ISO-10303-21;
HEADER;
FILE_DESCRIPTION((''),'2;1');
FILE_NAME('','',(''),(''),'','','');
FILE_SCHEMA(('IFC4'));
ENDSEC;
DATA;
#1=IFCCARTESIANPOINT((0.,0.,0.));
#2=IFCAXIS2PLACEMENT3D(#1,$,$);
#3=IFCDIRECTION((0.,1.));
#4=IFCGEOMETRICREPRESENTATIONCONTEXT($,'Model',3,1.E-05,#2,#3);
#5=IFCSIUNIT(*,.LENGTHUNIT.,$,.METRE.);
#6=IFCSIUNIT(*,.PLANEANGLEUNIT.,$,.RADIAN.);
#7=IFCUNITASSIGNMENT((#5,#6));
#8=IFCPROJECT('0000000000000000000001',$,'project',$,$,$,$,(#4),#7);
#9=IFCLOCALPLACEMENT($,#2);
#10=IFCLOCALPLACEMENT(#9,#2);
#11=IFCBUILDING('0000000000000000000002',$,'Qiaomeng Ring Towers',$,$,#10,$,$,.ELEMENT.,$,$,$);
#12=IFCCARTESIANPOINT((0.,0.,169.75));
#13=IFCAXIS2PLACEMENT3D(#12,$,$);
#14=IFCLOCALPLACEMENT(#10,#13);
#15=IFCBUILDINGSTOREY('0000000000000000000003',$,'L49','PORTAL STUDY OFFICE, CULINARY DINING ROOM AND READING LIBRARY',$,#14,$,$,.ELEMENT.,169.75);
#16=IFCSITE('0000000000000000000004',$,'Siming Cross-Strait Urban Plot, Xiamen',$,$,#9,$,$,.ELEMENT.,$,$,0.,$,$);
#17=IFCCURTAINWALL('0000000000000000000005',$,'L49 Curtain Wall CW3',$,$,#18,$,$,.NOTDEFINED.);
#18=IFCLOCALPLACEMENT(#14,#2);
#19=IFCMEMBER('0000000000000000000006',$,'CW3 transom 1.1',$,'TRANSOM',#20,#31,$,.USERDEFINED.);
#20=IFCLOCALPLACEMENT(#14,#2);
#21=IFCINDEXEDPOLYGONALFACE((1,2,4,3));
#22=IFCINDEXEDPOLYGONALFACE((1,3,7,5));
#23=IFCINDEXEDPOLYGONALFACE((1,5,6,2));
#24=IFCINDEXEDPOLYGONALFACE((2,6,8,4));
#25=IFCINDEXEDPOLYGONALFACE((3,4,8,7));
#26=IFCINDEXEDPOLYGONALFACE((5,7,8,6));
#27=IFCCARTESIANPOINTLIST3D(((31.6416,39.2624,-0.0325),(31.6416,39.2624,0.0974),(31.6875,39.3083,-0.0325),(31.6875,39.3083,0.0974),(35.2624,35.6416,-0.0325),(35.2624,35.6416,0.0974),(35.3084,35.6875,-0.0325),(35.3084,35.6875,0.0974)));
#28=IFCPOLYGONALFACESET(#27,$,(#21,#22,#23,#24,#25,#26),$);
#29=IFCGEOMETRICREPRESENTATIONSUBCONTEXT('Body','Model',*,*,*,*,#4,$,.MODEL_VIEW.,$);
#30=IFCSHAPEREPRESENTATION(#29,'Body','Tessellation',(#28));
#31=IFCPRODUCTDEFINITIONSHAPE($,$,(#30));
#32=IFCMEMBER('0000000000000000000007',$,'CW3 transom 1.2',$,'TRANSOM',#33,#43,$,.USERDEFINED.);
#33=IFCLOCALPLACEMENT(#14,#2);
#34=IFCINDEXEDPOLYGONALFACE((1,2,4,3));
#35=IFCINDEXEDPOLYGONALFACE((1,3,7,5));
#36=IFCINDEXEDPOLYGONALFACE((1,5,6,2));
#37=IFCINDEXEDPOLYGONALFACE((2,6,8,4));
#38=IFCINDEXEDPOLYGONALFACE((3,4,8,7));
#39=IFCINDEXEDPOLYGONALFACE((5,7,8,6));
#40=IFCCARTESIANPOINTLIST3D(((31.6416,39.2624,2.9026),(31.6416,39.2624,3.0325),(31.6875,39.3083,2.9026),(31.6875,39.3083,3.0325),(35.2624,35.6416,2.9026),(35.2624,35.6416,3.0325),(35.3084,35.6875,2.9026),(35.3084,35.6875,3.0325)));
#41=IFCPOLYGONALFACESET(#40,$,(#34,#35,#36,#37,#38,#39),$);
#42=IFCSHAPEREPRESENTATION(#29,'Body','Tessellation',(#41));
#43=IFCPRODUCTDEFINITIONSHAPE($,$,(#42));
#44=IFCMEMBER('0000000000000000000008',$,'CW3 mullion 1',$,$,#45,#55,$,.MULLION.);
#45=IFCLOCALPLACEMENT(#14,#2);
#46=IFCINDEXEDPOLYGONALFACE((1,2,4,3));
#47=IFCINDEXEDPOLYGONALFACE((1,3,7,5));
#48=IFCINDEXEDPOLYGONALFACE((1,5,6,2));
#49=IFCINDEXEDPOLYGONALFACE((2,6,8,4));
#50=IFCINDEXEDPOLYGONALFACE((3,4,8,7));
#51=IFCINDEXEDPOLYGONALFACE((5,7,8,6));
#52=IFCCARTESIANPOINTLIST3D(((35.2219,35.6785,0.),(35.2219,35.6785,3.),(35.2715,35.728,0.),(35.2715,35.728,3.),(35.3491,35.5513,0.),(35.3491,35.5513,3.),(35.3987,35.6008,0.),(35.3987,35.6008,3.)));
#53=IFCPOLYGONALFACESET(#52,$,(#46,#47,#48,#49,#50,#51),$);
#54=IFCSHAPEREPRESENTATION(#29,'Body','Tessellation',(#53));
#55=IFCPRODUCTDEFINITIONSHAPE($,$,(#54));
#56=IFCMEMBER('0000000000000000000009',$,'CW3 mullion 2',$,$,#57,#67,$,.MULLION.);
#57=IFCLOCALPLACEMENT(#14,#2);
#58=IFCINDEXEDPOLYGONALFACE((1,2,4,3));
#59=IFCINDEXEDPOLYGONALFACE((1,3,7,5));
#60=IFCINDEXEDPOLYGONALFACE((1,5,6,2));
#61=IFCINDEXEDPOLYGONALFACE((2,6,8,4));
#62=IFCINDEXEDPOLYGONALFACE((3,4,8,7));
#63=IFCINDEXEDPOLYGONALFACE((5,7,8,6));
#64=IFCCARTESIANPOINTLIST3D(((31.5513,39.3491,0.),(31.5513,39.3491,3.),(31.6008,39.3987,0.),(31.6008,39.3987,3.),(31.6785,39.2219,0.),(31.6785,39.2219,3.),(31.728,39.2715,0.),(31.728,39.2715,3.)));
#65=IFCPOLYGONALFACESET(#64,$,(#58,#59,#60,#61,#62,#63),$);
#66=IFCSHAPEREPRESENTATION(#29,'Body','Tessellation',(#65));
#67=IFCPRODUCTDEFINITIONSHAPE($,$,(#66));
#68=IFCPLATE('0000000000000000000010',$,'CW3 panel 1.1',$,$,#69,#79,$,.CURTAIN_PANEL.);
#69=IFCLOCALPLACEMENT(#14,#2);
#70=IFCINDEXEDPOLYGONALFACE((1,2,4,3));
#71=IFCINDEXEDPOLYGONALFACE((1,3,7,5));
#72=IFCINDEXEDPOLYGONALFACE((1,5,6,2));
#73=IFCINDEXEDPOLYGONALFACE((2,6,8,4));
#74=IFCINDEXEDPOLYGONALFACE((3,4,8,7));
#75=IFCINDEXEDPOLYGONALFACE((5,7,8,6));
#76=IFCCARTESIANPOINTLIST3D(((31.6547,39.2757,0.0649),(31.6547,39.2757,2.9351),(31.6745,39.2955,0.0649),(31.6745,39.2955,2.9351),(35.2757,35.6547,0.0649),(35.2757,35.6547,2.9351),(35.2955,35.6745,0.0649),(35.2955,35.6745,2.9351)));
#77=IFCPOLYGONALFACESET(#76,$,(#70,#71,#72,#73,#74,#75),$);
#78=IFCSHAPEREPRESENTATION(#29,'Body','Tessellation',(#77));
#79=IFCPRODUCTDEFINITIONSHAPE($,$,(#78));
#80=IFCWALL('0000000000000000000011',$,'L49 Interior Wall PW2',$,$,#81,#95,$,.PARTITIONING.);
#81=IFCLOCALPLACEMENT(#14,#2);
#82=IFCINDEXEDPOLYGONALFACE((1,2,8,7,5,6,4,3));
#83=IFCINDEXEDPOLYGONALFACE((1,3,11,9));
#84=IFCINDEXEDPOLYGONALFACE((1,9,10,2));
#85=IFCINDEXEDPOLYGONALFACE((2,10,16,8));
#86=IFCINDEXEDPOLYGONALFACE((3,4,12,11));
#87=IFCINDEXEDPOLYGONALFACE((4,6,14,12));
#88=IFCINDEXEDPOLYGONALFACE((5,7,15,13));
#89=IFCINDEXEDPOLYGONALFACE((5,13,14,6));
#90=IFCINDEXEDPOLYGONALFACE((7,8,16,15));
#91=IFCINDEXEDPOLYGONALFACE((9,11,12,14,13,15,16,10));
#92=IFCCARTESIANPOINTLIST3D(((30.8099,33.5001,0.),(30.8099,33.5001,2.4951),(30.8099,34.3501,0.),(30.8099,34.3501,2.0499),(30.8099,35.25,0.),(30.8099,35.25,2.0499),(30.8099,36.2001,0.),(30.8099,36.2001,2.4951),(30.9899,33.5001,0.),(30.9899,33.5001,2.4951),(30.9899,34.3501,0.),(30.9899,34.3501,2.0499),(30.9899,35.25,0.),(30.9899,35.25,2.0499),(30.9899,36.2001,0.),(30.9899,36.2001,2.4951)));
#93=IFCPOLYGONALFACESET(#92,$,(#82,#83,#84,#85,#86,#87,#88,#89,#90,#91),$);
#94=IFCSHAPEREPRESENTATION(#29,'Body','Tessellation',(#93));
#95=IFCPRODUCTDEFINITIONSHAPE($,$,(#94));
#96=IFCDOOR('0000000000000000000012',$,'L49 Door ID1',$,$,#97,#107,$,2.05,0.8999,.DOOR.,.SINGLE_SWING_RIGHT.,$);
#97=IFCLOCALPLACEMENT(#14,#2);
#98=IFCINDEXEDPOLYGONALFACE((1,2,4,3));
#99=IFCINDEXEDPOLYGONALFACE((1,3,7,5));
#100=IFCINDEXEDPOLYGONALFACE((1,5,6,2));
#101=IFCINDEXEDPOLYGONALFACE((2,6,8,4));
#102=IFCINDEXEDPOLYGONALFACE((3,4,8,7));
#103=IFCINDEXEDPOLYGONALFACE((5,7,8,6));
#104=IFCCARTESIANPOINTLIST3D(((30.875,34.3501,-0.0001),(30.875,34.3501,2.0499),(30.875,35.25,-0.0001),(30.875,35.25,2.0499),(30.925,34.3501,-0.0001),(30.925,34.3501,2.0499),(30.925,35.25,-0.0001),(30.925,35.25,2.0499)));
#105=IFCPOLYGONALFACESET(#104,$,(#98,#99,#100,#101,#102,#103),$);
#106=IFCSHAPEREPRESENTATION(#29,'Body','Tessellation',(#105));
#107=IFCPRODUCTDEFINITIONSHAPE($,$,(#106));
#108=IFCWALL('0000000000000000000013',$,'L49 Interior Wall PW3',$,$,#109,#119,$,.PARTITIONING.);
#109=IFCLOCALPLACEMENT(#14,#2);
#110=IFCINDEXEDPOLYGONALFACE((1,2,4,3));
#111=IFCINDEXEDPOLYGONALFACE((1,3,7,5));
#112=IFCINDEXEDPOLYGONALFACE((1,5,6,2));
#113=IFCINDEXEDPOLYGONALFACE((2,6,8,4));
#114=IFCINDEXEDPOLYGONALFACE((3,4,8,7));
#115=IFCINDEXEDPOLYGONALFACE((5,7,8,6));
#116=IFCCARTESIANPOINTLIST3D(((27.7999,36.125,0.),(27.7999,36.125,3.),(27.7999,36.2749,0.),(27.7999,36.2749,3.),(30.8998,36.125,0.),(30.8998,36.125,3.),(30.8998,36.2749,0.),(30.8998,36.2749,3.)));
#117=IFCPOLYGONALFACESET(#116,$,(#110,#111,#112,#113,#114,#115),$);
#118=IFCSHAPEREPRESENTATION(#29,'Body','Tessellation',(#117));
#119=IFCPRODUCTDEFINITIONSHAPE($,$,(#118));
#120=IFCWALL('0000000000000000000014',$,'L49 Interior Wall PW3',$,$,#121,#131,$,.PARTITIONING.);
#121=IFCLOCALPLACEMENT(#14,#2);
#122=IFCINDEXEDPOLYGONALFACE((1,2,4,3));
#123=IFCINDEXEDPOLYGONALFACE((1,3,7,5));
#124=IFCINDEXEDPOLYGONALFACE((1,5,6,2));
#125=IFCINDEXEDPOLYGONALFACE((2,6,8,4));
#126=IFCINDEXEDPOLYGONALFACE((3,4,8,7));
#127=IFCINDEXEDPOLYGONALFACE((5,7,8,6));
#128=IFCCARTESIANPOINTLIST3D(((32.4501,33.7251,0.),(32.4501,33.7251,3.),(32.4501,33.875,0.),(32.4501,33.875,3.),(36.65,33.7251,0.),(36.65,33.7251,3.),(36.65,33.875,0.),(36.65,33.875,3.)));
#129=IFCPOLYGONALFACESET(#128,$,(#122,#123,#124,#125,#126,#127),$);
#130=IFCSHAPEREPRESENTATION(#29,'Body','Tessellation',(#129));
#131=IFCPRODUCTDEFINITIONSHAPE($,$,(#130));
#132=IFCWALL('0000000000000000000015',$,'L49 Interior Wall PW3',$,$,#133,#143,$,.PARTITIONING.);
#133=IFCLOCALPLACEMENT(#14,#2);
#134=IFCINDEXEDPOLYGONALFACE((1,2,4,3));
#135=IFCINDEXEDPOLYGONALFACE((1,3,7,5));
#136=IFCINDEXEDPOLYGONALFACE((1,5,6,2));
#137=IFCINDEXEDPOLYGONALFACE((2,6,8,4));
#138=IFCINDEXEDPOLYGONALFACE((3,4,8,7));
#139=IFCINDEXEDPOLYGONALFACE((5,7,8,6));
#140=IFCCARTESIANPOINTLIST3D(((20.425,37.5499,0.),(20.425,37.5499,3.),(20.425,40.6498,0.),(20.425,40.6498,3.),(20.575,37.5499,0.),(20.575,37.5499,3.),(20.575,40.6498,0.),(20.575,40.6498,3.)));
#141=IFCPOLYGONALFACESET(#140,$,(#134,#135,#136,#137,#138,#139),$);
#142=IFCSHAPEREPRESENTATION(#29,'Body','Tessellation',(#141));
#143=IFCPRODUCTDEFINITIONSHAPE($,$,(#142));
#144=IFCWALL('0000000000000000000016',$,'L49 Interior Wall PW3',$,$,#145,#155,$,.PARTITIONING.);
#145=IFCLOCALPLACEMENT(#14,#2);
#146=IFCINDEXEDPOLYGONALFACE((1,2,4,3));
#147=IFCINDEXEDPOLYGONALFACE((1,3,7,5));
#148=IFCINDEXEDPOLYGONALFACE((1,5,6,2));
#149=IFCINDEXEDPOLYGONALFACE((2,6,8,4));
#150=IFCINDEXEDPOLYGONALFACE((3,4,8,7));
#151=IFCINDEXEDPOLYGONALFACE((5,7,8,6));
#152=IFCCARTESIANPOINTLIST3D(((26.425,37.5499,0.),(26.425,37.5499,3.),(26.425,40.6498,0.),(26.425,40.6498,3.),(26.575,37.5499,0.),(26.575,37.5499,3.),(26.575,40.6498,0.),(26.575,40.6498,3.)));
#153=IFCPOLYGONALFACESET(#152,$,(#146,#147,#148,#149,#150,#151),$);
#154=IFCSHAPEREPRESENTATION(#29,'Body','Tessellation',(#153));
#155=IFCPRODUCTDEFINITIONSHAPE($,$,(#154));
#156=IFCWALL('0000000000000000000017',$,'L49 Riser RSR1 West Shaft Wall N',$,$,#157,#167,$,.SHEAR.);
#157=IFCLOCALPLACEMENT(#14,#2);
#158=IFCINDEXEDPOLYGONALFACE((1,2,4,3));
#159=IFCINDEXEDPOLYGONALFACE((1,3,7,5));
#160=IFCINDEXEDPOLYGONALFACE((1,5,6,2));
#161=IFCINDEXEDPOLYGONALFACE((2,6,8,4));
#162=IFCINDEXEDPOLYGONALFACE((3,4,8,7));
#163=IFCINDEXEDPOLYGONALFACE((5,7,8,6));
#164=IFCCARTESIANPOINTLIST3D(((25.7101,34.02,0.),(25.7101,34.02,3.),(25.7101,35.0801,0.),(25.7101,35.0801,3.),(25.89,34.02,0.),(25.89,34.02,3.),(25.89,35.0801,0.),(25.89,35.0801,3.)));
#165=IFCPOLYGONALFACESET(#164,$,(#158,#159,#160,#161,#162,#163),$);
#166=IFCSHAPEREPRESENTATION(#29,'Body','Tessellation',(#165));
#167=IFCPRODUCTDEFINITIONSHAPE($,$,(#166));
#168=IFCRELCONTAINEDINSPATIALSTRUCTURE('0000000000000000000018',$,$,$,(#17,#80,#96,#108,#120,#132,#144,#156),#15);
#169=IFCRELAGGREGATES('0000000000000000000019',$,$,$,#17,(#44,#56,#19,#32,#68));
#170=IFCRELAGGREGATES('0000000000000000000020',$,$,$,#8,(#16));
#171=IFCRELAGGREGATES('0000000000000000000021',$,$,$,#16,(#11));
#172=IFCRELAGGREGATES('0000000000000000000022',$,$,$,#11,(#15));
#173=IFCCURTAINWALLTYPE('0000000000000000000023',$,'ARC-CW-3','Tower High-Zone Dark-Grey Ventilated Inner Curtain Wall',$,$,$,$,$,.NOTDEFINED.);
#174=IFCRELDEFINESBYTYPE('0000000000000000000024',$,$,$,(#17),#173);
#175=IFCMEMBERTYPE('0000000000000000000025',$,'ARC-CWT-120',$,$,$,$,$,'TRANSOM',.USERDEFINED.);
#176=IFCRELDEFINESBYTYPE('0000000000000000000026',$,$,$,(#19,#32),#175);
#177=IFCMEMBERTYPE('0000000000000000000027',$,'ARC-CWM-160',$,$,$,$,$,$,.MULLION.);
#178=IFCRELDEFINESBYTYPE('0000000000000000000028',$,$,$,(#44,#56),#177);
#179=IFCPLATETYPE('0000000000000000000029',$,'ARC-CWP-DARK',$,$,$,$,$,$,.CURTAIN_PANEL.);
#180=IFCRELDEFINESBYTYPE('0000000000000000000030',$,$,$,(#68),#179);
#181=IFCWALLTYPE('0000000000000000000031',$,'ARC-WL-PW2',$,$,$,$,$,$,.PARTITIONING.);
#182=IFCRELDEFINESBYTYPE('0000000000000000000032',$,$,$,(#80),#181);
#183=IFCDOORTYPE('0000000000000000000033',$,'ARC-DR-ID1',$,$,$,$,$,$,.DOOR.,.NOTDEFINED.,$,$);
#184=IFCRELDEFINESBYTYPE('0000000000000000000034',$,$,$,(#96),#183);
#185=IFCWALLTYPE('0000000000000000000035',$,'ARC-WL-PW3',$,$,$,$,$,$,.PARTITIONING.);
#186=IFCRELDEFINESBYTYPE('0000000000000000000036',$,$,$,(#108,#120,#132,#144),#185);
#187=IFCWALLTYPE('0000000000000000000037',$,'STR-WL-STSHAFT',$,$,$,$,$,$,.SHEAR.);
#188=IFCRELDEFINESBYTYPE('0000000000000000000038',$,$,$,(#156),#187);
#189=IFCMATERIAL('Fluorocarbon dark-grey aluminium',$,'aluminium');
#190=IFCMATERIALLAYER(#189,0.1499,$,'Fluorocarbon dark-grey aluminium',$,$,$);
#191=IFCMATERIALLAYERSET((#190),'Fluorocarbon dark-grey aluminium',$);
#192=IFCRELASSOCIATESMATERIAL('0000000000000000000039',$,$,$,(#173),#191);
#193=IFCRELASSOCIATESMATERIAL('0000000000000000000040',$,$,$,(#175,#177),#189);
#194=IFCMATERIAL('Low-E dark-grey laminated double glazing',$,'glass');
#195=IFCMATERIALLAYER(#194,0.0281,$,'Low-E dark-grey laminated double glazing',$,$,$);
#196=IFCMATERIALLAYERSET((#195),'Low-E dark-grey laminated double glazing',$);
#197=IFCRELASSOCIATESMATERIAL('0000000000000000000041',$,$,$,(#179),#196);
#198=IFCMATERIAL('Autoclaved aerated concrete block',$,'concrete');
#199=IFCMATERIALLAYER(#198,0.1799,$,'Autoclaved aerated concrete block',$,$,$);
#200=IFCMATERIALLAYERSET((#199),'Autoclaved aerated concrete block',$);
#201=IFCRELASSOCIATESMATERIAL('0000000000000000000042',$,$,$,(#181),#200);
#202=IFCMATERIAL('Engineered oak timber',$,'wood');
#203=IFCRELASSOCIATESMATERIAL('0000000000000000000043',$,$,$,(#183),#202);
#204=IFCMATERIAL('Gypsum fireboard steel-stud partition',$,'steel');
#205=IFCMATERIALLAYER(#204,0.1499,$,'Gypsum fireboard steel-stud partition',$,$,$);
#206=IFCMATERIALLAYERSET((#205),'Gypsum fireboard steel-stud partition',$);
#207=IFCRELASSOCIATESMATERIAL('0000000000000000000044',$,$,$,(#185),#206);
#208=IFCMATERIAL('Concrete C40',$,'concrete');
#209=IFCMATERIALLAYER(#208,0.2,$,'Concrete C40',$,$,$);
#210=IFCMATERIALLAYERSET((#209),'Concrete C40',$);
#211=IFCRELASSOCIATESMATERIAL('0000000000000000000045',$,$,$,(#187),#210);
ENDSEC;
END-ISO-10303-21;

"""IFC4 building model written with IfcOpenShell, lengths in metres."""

from ifc_helpers import new_model, si_unit, direction, frame, frame_2d, origin, origin_2d, place, context, subcontext, project, spatial, rectangle, extrude, source, transform, mapped, material, layer, layer_set, material_profile, profile_set, type_object, element, fill, aggregate, save


model = new_model("IFC4")

# Units and contexts
model_context = context("Model", 3, precision=1e-05, world=origin(), true_north=direction((0.0, 1.0)))
body_context = subcontext(model_context, "Body", "Model", "MODEL_VIEW")
ifc_project = project(units=[si_unit("LENGTHUNIT", "METRE"), si_unit("PLANEANGLEUNIT", "RADIAN")], contexts=[model_context])

# Site, building, storey
site_placement = place(None, origin())
site = spatial("IfcSite", under=ifc_project, at=site_placement, Name="Siming Cross-Strait Urban Plot, Xiamen", CompositionType="ELEMENT", RefElevation=0.0)
building_placement = place(site_placement, origin())
building = spatial("IfcBuilding", under=site, at=building_placement, Name="Qiaomeng Ring Towers", CompositionType="ELEMENT")
storey_placement = place(building_placement, frame((0.0, 0.0, 169.75)))
storey = spatial("IfcBuildingStorey", under=building, at=storey_placement, Name="L49", Description="PORTAL STUDY OFFICE, CULINARY DINING ROOM AND READING LIBRARY", CompositionType="ELEMENT", Elevation=169.75)

# Curtain wall, members, plate
ifc_material_1 = material(Name="Fluorocarbon dark-grey aluminium", Category="aluminium")
ifc_layer_1 = layer(ifc_material_1, 0.1499, Name="Fluorocarbon dark-grey aluminium")
ifc_layer_set_1 = layer_set([ifc_layer_1], Name="Fluorocarbon dark-grey aluminium")
curtain_wall_type = type_object("IfcCurtainWallType", Name="ARC-CW-3", Description="Tower High-Zone Dark-Grey Ventilated Inner Curtain Wall", PredefinedType="NOTDEFINED", material=ifc_layer_set_1)
curtain_wall_placement = place(storey_placement, origin())
curtain_wall = element("IfcCurtainWall", 1, at=curtain_wall_placement, inside=storey, type_object=curtain_wall_type, Name="L49 Curtain Wall CW3", PredefinedType="NOTDEFINED")
ifc_material_profile_1 = material_profile(ifc_material_1, rectangle(XDim=0.0649, YDim=0.1299, at=origin_2d()), Name="ALU TRAN 65x130")
ifc_profile_set_1 = profile_set([ifc_material_profile_1], Name="Fluorocarbon dark-grey aluminium")
member_type_1 = type_object("IfcMemberType", Name="ARC-CWT-120", ElementType="TRANSOM", PredefinedType="USERDEFINED", material=ifc_profile_set_1)
shared_shape_1 = source(origin(), body_context, "Body", "SweptSolid", [
    extrude(rectangle(XDim=0.0649, YDim=0.1299, at=origin_2d()), origin(), (0.0, 0.0, 1.0), 5.1206),
])
member_1_placement = place(storey_placement, frame((35.2854, 35.6646, 0.0325), z_axis=(-0.707107, 0.707107, 0.0), x_axis=(-0.707107, -0.707107, 0.0)))
member_1 = element("IfcMember", 2, at=member_1_placement, type_object=member_type_1, Name="CW3 transom 1.1", ObjectType="TRANSOM", PredefinedType="USERDEFINED", context=body_context, shape_type="MappedRepresentation", body=[
    mapped(shared_shape_1, transform((0.0, 0.0, 0.0), x_axis=(1.0, 0.0, 0.0), y_axis=(0.0, 1.0, 0.0), z_axis=(0.0, 0.0, 1.0), scale=1.0)),
])
member_2_placement = place(storey_placement, frame((35.2854, 35.6646, 2.9675), z_axis=(-0.707107, 0.707107, 0.0), x_axis=(-0.707107, -0.707107, 0.0)))
member_2 = element("IfcMember", 3, at=member_2_placement, type_object=member_type_1, Name="CW3 transom 1.2", ObjectType="TRANSOM", PredefinedType="USERDEFINED", context=body_context, shape_type="MappedRepresentation", body=[
    mapped(shared_shape_1, transform((0.0, 0.0, 0.0), x_axis=(1.0, 0.0, 0.0), y_axis=(0.0, 1.0, 0.0), z_axis=(0.0, 0.0, 1.0), scale=1.0)),
])
ifc_material_profile_2 = material_profile(ifc_material_1, rectangle(XDim=0.0701, YDim=0.1799, at=origin_2d()), Name="ALU MULL 70x180")
ifc_profile_set_2 = profile_set([ifc_material_profile_2], Name="Fluorocarbon dark-grey aluminium")
member_type_2 = type_object("IfcMemberType", Name="ARC-CWM-160", PredefinedType="MULLION", material=ifc_profile_set_2)
shared_shape_2 = source(origin(), body_context, "Body", "SweptSolid", [
    extrude(rectangle(XDim=0.0701, YDim=0.1799, at=origin_2d()), origin(), (0.0, 0.0, 1.0), 3.0),
])
member_3_placement = place(storey_placement, frame((35.3103, 35.6396, 0.0), z_axis=(0.0, 0.0, 1.0), x_axis=(-0.707107, -0.707107, 0.0)))
member_3 = element("IfcMember", 4, at=member_3_placement, type_object=member_type_2, Name="CW3 mullion 1", PredefinedType="MULLION", context=body_context, shape_type="MappedRepresentation", body=[
    mapped(shared_shape_2, transform((0.0, 0.0, 0.0), x_axis=(1.0, 0.0, 0.0), y_axis=(0.0, 1.0, 0.0), z_axis=(0.0, 0.0, 1.0), scale=1.0)),
])
member_4_placement = place(storey_placement, frame((31.6396, 39.3103, 0.0), z_axis=(0.0, 0.0, 1.0), x_axis=(-0.707107, -0.707107, 0.0)))
member_4 = element("IfcMember", 5, at=member_4_placement, type_object=member_type_2, Name="CW3 mullion 2", PredefinedType="MULLION", context=body_context, shape_type="MappedRepresentation", body=[
    mapped(shared_shape_2, transform((0.0, 0.0, 0.0), x_axis=(1.0, 0.0, 0.0), y_axis=(0.0, 1.0, 0.0), z_axis=(0.0, 0.0, 1.0), scale=1.0)),
])
ifc_material_2 = material(Name="Low-E dark-grey laminated double glazing", Category="glass")
ifc_layer_2 = layer(ifc_material_2, 0.0281, Name="Low-E dark-grey laminated double glazing")
ifc_layer_set_2 = layer_set([ifc_layer_2], Name="Low-E dark-grey laminated double glazing")
plate_type = type_object("IfcPlateType", Name="ARC-CWP-DARK", PredefinedType="CURTAIN_PANEL", material=ifc_layer_set_2)
shared_shape_3 = source(origin(), body_context, "Body", "SweptSolid", [
    extrude(rectangle(XDim=5.1208, YDim=0.0281, at=origin_2d()), origin(), (0.0, 0.0, 1.0), 2.8701),
])
plate_placement = place(storey_placement, frame((33.4751, 37.4751, 0.0649), z_axis=(0.0, 0.0, 1.0), x_axis=(-0.707107, 0.707107, 0.0)))
plate = element("IfcPlate", 6, at=plate_placement, type_object=plate_type, Name="CW3 panel 1.1", PredefinedType="CURTAIN_PANEL", context=body_context, shape_type="MappedRepresentation", body=[
    mapped(shared_shape_3, transform((0.0, 0.0, 0.0), x_axis=(1.0, 0.0, 0.0), y_axis=(0.0, 1.0, 0.0), z_axis=(0.0, 0.0, 1.0), scale=1.0)),
])
aggregate(curtain_wall, [member_3, member_4, member_1, member_2, plate])

# Wall, opening, door
ifc_material_3 = material(Name="Autoclaved aerated concrete block", Category="concrete")
ifc_layer_3 = layer(ifc_material_3, 0.1799, Name="Autoclaved aerated concrete block")
ifc_layer_set_3 = layer_set([ifc_layer_3], Name="Autoclaved aerated concrete block")
wall_type_1 = type_object("IfcWallType", Name="ARC-WL-PW2", PredefinedType="PARTITIONING", material=ifc_layer_set_3)
wall_1_placement = place(storey_placement, frame((30.8999, 33.5, 0.0), z_axis=(0.0, 0.0, 1.0), x_axis=(0.0, 1.0, 0.0)))
wall_1 = element("IfcWall", 7, at=wall_1_placement, inside=storey, type_object=wall_type_1, Name="L49 Interior Wall PW2", PredefinedType="PARTITIONING", context=body_context, shape_type="SweptSolid", body=[
    extrude(rectangle(XDim=2.7, YDim=0.1799, at=frame_2d((1.3501, 0.0))), origin(), (0.0, 0.0, 1.0), 2.4951),
])
opening_placement = place(wall_1_placement, frame((0.8501, 0.0, 0.0)))
opening = element("IfcOpeningElement", 8, at=opening_placement, cuts=wall_1, PredefinedType="OPENING", context=body_context, shape_type="SweptSolid", body=[
    extrude(rectangle(XDim=0.8999, YDim=2.05, at=frame_2d((0.45, 1.0249))), frame((0.0, 0.0999, 0.0), z_axis=(0.0, -1.0, 0.0), x_axis=(1.0, 0.0, 0.0)), (0.0, 0.0, 1.0), 0.2),
])
ifc_material_4 = material(Name="Engineered oak timber", Category="wood")
door_type = type_object("IfcDoorType", Name="ARC-DR-ID1", OperationType="NOTDEFINED", PredefinedType="DOOR", material=ifc_material_4)
shared_shape_4 = source(origin(), body_context, "Body", "SweptSolid", [
    extrude(rectangle(XDim=0.8999, YDim=2.05, at=frame_2d((0.45, 1.0249))), frame((0.0, 0.0249, 0.0), z_axis=(0.0, -1.0, 0.0), x_axis=(1.0, 0.0, 0.0)), (0.0, 0.0, 1.0), 0.05),
])
door_placement = place(opening_placement, origin())
door = element("IfcDoor", 9, at=door_placement, inside=storey, type_object=door_type, Name="L49 Door ID1", OperationType="SINGLE_SWING_RIGHT", OverallHeight=2.05, OverallWidth=0.8999, PredefinedType="DOOR", context=body_context, shape_type="MappedRepresentation", body=[
    mapped(shared_shape_4, transform((0.0, 0.0, 0.0), x_axis=(1.0, 0.0, 0.0), y_axis=(0.0, 1.0, 0.0), z_axis=(0.0, 0.0, 1.0), scale=1.0)),
])
fill(opening, door)

# Walls
ifc_material_5 = material(Name="Gypsum fireboard steel-stud partition", Category="steel")
ifc_layer_4 = layer(ifc_material_5, 0.1499, Name="Gypsum fireboard steel-stud partition")
ifc_layer_set_4 = layer_set([ifc_layer_4], Name="Gypsum fireboard steel-stud partition")
wall_type_2 = type_object("IfcWallType", Name="ARC-WL-PW3", PredefinedType="PARTITIONING", material=ifc_layer_set_4)
wall_2_placement = place(storey_placement, frame((27.8, 36.2, 0.0), z_axis=(0.0, 0.0, 1.0), x_axis=(1.0, 0.0, 0.0)))
element("IfcWall", 10, at=wall_2_placement, inside=storey, type_object=wall_type_2, Name="L49 Interior Wall PW3", PredefinedType="PARTITIONING", context=body_context, shape_type="SweptSolid", body=[
    extrude(rectangle(XDim=3.0999, YDim=0.1499, at=frame_2d((1.5498, 0.0))), origin(), (0.0, 0.0, 1.0), 3.0),
])
wall_3_placement = place(storey_placement, frame((32.45, 33.8, 0.0), z_axis=(0.0, 0.0, 1.0), x_axis=(1.0, 0.0, 0.0)))
element("IfcWall", 11, at=wall_3_placement, inside=storey, type_object=wall_type_2, Name="L49 Interior Wall PW3", PredefinedType="PARTITIONING", context=body_context, shape_type="SweptSolid", body=[
    extrude(rectangle(XDim=4.2, YDim=0.1499, at=frame_2d((2.1001, 0.0))), origin(), (0.0, 0.0, 1.0), 3.0),
])
for number, where, z_axis, x_axis, name in (
    (12, (20.5, 37.55, 0.0), (0.0, 0.0, 1.0), (0.0, 1.0, 0.0), "L49 Interior Wall PW3"),
    (13, (26.5, 37.55, 0.0), (0.0, 0.0, 1.0), (0.0, 1.0, 0.0), "L49 Interior Wall PW3"),
):
    element("IfcWall", number, at=place(storey_placement, frame(where, z_axis=z_axis, x_axis=x_axis)), inside=storey, type_object=wall_type_2, Name=name, PredefinedType="PARTITIONING", context=body_context, shape_type="SweptSolid", body=[
        extrude(rectangle(XDim=3.0999, YDim=0.1499, at=frame_2d((1.5498, 0.0))), origin(), (0.0, 0.0, 1.0), 3.0),
    ])
ifc_material_6 = material(Name="Concrete C40", Category="concrete")
ifc_layer_5 = layer(ifc_material_6, 0.2, Name="Concrete C40")
ifc_layer_set_5 = layer_set([ifc_layer_5], Name="Concrete C40")
wall_type_3 = type_object("IfcWallType", Name="STR-WL-STSHAFT", PredefinedType="SHEAR", material=ifc_layer_set_5)
wall_4_placement = place(storey_placement, frame((25.8, 34.02, 0.0), z_axis=(0.0, 0.0, 1.0), x_axis=(0.0, 1.0, 0.0)))
element("IfcWall", 14, at=wall_4_placement, inside=storey, type_object=wall_type_3, Name="L49 Riser RSR1 West Shaft Wall N", PredefinedType="SHEAR", context=body_context, shape_type="SweptSolid", body=[
    extrude(rectangle(XDim=1.0601, YDim=0.1799, at=frame_2d((0.53, 0.0))), origin(), (0.0, 0.0, 1.0), 3.0),
])

save(model, "model.ifc")
